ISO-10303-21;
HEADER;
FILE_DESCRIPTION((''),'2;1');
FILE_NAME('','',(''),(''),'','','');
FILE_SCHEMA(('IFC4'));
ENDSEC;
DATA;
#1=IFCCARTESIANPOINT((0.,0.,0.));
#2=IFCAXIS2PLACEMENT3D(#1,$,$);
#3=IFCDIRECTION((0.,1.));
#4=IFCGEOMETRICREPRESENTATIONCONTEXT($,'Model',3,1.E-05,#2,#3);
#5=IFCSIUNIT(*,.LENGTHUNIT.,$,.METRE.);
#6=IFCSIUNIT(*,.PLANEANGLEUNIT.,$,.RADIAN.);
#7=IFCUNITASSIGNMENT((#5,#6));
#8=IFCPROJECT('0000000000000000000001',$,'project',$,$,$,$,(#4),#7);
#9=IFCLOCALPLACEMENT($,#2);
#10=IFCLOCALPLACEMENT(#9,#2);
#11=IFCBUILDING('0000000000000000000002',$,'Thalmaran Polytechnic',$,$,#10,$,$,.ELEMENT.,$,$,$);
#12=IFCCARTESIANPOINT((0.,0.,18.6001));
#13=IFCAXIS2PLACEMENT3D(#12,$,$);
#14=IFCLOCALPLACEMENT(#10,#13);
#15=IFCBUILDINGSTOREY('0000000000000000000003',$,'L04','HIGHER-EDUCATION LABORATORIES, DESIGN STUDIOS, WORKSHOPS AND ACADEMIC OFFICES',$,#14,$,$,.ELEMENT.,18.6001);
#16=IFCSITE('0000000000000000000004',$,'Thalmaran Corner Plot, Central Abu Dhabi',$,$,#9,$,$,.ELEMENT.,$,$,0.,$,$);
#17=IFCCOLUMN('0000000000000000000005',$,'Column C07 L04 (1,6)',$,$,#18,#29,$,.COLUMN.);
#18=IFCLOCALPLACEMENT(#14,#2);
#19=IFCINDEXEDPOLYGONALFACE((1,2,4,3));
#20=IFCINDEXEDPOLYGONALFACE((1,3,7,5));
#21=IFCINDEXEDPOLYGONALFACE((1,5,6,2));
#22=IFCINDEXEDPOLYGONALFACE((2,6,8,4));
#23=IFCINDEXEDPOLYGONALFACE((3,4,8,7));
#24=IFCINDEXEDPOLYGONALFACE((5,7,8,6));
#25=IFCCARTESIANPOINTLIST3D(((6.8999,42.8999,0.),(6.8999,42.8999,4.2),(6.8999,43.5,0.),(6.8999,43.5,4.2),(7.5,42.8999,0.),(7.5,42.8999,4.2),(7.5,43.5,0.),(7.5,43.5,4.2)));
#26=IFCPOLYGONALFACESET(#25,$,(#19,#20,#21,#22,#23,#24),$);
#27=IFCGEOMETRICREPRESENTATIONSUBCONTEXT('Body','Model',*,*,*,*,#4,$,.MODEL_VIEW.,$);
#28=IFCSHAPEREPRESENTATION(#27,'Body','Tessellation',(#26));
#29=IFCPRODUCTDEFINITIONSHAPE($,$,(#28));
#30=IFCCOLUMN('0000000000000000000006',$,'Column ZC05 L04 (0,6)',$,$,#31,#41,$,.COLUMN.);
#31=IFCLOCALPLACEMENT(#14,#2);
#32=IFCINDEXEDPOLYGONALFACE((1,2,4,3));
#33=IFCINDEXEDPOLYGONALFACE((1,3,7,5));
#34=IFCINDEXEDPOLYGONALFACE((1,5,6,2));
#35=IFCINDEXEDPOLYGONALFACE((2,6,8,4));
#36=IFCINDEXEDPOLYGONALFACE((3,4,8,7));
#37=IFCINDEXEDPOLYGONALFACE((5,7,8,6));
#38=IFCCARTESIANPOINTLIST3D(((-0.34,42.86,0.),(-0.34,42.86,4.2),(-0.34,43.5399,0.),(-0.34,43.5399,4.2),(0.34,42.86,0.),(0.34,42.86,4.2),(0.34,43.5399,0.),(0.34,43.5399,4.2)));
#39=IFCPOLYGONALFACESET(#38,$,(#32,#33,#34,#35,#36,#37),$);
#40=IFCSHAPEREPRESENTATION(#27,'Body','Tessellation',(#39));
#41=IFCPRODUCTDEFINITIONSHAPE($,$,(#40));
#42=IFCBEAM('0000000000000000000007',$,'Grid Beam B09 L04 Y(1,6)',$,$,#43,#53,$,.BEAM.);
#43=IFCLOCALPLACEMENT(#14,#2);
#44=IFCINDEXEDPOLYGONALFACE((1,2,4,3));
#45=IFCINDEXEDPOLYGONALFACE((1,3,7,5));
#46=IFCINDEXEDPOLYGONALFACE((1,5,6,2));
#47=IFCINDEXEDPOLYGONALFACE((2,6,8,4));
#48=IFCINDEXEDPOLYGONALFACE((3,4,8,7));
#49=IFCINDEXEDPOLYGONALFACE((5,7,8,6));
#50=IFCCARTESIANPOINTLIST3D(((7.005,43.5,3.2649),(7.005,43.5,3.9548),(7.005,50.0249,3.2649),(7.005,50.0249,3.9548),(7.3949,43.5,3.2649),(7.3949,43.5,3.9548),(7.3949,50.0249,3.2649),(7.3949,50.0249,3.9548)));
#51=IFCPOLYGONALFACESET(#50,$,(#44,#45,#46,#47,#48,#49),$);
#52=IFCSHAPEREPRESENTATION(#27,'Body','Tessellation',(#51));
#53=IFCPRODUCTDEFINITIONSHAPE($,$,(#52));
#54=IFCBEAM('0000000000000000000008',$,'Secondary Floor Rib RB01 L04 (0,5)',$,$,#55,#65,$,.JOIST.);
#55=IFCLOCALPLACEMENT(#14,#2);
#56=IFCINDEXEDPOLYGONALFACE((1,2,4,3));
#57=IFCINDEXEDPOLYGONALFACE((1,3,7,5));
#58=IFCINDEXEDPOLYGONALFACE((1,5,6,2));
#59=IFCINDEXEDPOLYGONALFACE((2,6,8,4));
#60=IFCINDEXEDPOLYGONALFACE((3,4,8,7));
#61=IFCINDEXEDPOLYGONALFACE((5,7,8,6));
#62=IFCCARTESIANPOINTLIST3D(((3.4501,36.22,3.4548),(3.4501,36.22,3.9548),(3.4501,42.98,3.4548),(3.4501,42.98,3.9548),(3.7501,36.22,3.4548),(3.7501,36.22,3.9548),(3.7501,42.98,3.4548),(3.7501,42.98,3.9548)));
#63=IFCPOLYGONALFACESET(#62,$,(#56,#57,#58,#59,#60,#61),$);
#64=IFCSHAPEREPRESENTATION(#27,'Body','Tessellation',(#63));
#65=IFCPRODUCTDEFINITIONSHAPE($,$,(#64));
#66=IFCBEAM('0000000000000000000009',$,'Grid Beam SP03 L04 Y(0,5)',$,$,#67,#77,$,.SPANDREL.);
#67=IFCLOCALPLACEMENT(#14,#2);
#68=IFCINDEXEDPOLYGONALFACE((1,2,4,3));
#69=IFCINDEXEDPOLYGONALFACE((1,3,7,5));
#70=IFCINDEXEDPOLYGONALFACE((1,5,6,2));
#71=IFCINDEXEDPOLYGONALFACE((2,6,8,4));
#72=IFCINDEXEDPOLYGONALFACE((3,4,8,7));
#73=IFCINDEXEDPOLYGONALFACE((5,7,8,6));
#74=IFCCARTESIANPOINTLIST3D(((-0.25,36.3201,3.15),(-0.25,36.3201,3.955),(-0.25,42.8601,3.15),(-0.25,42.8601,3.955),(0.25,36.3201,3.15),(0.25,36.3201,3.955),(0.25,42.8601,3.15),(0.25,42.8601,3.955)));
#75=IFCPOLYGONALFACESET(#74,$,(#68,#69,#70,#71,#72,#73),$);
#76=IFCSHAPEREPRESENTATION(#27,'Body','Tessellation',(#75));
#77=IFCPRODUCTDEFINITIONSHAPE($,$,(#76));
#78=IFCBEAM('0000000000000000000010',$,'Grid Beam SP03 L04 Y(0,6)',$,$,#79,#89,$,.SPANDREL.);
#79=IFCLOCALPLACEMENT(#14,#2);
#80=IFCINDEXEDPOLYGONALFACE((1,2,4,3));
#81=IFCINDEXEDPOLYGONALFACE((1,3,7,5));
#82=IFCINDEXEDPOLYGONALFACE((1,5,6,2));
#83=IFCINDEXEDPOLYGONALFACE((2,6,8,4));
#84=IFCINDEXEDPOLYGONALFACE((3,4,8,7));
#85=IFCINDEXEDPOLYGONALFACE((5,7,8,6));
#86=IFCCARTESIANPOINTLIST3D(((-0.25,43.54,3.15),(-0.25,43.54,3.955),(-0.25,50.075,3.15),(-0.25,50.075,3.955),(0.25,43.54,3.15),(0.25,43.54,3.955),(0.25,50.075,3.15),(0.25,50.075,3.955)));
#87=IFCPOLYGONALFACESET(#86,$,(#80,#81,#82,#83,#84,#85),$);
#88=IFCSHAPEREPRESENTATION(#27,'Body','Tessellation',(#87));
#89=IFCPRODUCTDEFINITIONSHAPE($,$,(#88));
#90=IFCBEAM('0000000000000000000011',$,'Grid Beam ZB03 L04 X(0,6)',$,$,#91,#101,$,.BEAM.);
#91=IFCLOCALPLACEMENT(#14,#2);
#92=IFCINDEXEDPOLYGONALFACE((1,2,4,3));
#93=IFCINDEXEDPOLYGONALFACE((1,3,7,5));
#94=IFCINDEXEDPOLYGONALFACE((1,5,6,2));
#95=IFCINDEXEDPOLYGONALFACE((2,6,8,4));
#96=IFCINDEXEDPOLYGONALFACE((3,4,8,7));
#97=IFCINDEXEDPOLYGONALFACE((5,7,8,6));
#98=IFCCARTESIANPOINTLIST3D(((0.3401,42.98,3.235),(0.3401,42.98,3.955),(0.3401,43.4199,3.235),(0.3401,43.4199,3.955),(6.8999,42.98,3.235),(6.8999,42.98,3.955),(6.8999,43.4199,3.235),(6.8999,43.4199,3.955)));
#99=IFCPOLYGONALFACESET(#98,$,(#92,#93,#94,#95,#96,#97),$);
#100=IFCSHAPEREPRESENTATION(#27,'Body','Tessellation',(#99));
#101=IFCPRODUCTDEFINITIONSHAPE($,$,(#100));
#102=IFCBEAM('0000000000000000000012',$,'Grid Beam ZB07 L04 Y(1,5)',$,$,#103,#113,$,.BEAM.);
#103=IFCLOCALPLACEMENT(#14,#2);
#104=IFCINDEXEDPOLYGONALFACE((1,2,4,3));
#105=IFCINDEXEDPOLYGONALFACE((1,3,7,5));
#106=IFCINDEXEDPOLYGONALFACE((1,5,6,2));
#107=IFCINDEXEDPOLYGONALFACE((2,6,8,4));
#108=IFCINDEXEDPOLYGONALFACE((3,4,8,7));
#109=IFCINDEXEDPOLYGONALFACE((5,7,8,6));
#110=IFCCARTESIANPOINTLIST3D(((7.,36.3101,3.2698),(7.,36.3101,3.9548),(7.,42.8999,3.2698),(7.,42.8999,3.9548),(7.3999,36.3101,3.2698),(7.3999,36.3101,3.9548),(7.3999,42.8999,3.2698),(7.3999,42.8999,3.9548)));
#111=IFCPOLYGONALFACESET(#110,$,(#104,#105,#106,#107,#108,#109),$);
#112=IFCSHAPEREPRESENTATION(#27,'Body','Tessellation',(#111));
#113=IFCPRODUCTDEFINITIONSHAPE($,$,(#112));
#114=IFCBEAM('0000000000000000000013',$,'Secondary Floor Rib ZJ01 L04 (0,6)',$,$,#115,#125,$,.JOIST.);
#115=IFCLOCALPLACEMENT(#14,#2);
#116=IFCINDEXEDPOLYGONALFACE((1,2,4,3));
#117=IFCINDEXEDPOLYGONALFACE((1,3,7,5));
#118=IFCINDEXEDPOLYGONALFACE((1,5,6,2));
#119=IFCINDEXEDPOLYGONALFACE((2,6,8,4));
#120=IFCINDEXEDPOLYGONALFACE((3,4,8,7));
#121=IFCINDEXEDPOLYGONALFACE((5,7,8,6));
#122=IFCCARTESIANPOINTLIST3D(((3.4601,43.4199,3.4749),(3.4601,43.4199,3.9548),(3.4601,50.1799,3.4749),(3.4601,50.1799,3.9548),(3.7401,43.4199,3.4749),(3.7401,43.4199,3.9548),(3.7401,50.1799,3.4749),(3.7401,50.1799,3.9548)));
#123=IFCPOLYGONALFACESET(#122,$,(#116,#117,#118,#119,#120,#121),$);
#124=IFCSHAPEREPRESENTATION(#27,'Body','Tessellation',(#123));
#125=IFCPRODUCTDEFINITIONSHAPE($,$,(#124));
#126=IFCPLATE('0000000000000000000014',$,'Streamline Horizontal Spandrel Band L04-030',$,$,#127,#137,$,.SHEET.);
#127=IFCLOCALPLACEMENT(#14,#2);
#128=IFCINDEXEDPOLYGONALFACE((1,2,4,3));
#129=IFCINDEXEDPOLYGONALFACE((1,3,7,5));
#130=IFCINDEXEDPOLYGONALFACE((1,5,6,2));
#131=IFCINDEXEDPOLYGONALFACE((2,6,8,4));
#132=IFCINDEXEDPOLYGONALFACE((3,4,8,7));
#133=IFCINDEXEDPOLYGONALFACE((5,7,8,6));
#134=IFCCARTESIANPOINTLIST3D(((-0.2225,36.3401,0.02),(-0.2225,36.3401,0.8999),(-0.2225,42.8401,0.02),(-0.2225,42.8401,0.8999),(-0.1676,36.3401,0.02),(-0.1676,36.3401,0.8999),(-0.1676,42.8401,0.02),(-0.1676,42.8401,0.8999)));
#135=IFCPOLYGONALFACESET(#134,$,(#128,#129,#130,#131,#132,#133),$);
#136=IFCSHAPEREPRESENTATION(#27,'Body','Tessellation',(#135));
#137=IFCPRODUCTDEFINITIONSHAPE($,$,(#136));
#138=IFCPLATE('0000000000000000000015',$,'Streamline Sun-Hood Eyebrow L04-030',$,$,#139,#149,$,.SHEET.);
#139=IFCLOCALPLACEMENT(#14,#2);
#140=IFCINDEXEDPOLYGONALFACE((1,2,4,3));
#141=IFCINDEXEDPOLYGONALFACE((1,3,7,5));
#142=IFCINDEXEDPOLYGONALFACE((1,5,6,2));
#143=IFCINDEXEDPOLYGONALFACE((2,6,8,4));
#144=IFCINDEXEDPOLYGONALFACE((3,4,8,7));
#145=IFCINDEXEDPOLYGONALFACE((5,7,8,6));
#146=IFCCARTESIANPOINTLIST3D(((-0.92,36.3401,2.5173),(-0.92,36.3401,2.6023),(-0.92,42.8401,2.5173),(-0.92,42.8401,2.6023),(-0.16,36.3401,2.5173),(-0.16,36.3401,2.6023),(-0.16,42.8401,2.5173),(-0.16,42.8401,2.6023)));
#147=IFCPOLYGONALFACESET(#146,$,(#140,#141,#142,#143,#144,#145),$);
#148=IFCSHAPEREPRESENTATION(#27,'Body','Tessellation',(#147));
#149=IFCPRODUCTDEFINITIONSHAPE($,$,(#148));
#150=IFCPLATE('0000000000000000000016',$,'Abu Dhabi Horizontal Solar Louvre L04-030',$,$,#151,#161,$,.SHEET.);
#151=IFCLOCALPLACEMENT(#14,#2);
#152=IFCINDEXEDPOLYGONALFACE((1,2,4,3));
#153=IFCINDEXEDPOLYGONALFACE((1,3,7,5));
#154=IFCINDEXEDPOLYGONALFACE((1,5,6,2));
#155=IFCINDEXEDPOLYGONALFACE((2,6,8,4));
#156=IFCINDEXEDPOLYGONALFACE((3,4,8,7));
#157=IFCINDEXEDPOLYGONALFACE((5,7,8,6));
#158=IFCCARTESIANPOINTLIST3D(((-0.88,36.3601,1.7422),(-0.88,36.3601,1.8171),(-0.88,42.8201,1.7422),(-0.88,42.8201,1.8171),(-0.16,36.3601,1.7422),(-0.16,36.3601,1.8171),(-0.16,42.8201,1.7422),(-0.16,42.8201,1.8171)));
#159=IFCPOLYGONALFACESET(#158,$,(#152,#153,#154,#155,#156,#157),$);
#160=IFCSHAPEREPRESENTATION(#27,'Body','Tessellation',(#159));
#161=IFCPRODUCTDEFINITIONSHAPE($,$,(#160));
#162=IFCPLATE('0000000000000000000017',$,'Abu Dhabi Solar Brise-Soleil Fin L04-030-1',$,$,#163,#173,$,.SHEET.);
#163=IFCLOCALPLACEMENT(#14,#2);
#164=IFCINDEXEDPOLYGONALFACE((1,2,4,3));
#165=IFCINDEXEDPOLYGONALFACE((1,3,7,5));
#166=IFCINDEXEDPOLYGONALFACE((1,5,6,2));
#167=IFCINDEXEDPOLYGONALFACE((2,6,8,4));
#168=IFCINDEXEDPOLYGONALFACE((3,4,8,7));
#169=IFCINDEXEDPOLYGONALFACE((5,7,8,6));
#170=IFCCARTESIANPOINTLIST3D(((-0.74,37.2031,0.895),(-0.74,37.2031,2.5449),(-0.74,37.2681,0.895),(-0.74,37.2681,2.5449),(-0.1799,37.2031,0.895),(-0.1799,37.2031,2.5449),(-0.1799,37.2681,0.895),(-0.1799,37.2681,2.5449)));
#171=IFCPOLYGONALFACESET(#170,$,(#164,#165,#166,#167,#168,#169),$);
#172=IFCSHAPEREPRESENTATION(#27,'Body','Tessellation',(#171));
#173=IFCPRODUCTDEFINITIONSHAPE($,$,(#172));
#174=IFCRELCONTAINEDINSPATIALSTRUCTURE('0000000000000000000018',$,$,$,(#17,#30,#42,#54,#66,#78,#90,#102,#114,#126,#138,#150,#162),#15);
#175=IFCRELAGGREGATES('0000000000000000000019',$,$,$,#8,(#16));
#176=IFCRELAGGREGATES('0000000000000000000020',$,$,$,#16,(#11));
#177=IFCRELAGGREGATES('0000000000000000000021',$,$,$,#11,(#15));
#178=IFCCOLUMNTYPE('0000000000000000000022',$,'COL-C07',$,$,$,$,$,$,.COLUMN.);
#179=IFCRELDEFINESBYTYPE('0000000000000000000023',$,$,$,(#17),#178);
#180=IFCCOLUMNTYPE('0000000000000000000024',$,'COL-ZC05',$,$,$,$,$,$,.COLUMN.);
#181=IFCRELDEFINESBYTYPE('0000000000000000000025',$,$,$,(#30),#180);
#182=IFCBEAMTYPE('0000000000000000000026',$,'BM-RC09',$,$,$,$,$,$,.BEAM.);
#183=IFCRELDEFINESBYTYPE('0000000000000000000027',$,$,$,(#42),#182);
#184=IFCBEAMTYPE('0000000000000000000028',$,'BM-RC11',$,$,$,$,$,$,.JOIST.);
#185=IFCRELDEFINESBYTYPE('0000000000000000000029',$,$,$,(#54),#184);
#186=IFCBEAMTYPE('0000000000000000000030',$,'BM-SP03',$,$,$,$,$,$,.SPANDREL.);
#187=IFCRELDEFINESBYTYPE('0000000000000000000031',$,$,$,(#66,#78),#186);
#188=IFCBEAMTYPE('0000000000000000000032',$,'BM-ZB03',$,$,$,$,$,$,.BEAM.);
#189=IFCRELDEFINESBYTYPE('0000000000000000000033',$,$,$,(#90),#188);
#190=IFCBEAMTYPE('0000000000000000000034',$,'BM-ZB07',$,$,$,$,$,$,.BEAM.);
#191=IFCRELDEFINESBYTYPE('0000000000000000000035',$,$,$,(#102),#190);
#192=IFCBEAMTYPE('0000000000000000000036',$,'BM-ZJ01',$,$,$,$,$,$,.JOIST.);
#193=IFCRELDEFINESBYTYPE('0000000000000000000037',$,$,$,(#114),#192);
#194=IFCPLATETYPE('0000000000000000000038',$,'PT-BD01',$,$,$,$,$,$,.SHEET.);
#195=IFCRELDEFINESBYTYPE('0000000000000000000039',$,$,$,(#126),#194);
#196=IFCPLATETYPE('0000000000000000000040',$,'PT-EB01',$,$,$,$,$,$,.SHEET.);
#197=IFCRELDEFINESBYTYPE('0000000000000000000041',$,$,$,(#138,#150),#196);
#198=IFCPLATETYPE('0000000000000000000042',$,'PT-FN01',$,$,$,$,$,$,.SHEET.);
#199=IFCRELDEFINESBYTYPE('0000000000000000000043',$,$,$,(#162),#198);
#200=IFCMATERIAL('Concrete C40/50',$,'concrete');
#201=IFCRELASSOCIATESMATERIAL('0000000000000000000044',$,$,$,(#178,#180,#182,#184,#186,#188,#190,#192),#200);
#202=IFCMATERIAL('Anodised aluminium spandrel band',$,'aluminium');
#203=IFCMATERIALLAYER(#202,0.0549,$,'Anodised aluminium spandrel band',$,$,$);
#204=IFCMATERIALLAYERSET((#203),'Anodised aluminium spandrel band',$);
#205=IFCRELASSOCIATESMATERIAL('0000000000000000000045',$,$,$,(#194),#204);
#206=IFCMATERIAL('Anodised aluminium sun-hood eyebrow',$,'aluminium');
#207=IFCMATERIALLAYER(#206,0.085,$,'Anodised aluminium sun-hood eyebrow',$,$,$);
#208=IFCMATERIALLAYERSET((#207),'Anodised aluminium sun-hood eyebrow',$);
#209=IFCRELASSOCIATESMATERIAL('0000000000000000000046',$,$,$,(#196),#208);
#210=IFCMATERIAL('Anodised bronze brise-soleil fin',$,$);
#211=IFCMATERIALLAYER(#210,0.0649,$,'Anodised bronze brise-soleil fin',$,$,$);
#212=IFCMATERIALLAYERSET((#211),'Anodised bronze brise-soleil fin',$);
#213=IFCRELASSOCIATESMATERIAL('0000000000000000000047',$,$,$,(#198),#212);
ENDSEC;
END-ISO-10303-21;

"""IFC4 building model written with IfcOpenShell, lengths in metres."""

from ifc_helpers import new_model, si_unit, direction, frame, origin, origin_2d, place, context, subcontext, project, spatial, rectangle, extrude, material, layer, layer_set, material_profile, profile_set, type_object, element, save


model = new_model("IFC4")

# Units and contexts
model_context = context("Model", 3, precision=1e-05, world=origin(), true_north=direction((0.0, 1.0)))
body_context = subcontext(model_context, "Body", "Model", "MODEL_VIEW")
ifc_project = project(units=[si_unit("LENGTHUNIT", "METRE"), si_unit("PLANEANGLEUNIT", "RADIAN")], contexts=[model_context])

# Site, building, storey
site_placement = place(None, origin())
site = spatial("IfcSite", under=ifc_project, at=site_placement, Name="Thalmaran Corner Plot, Central Abu Dhabi", CompositionType="ELEMENT", RefElevation=0.0)
building_placement = place(site_placement, origin())
building = spatial("IfcBuilding", under=site, at=building_placement, Name="Thalmaran Polytechnic", CompositionType="ELEMENT")
storey_placement = place(building_placement, frame((0.0, 0.0, 18.6001)))
storey = spatial("IfcBuildingStorey", under=building, at=storey_placement, Name="L04", Description="HIGHER-EDUCATION LABORATORIES, DESIGN STUDIOS, WORKSHOPS AND ACADEMIC OFFICES", CompositionType="ELEMENT", Elevation=18.6001)

# Columns
ifc_material_1 = material(Name="Concrete C40/50", Category="concrete")
ifc_material_profile_1 = material_profile(ifc_material_1, rectangle(XDim=0.6001, YDim=0.6001, at=origin_2d()), Name="RC 600x600")
ifc_profile_set_1 = profile_set([ifc_material_profile_1], Name="Concrete C40/50")
column_type_1 = type_object("IfcColumnType", Name="COL-C07", PredefinedType="COLUMN", material=ifc_profile_set_1)
column_1_placement = place(storey_placement, frame((7.2, 43.2, 0.0), z_axis=(0.0, 0.0, 1.0), x_axis=(1.0, 0.0, 0.0)))
element("IfcColumn", 1, at=column_1_placement, inside=storey, type_object=column_type_1, Name="Column C07 L04 (1,6)", PredefinedType="COLUMN", context=body_context, shape_type="SweptSolid", body=[
    extrude(rectangle(XDim=0.6001, YDim=0.6001, at=origin_2d()), origin(), (0.0, 0.0, 1.0), 4.2),
])
ifc_material_profile_2 = material_profile(ifc_material_1, rectangle(XDim=0.6799, YDim=0.6799, at=origin_2d()), Name="RC 680x680")
ifc_profile_set_2 = profile_set([ifc_material_profile_2], Name="Concrete C40/50")
column_type_2 = type_object("IfcColumnType", Name="COL-ZC05", PredefinedType="COLUMN", material=ifc_profile_set_2)
column_2_placement = place(storey_placement, frame((0.0, 43.2, 0.0), z_axis=(0.0, 0.0, 1.0), x_axis=(1.0, 0.0, 0.0)))
element("IfcColumn", 2, at=column_2_placement, inside=storey, type_object=column_type_2, Name="Column ZC05 L04 (0,6)", PredefinedType="COLUMN", context=body_context, shape_type="SweptSolid", body=[
    extrude(rectangle(XDim=0.6799, YDim=0.6799, at=origin_2d()), origin(), (0.0, 0.0, 1.0), 4.2),
])

# Beams
ifc_material_profile_3 = material_profile(ifc_material_1, rectangle(XDim=0.3899, YDim=0.6899, at=origin_2d()), Name="RC 390x690")
ifc_profile_set_3 = profile_set([ifc_material_profile_3], Name="Concrete C40/50")
beam_type_1 = type_object("IfcBeamType", Name="BM-RC09", PredefinedType="BEAM", material=ifc_profile_set_3)
beam_1_placement = place(storey_placement, frame((7.2, 43.5, 3.6099), z_axis=(0.0, 1.0, 0.0), x_axis=(-1.0, 0.0, 0.0)))
element("IfcBeam", 3, at=beam_1_placement, inside=storey, type_object=beam_type_1, Name="Grid Beam B09 L04 Y(1,6)", PredefinedType="BEAM", context=body_context, shape_type="SweptSolid", body=[
    extrude(rectangle(XDim=0.3899, YDim=0.6899, at=origin_2d()), origin(), (0.0, 0.0, 1.0), 6.5249),
])
ifc_material_profile_4 = material_profile(ifc_material_1, rectangle(XDim=0.3, YDim=0.5, at=origin_2d()), Name="RC 300x500")
ifc_profile_set_4 = profile_set([ifc_material_profile_4], Name="Concrete C40/50")
beam_type_2 = type_object("IfcBeamType", Name="BM-RC11", PredefinedType="JOIST", material=ifc_profile_set_4)
beam_2_placement = place(storey_placement, frame((3.6001, 36.22, 3.7048), z_axis=(0.0, 1.0, 0.0), x_axis=(-1.0, 0.0, 0.0)))
element("IfcBeam", 4, at=beam_2_placement, inside=storey, type_object=beam_type_2, Name="Secondary Floor Rib RB01 L04 (0,5)", PredefinedType="JOIST", context=body_context, shape_type="SweptSolid", body=[
    extrude(rectangle(XDim=0.3, YDim=0.5, at=origin_2d()), origin(), (0.0, 0.0, 1.0), 6.76),
])
ifc_material_profile_5 = material_profile(ifc_material_1, rectangle(XDim=0.5, YDim=0.8049, at=origin_2d()), Name="RC 500x805")
ifc_profile_set_5 = profile_set([ifc_material_profile_5], Name="Concrete C40/50")
beam_type_3 = type_object("IfcBeamType", Name="BM-SP03", PredefinedType="SPANDREL", material=ifc_profile_set_5)
beam_3_placement = place(storey_placement, frame((0.0, 36.3201, 3.5525), z_axis=(0.0, 1.0, 0.0), x_axis=(-1.0, 0.0, 0.0)))
element("IfcBeam", 5, at=beam_3_placement, inside=storey, type_object=beam_type_3, Name="Grid Beam SP03 L04 Y(0,5)", PredefinedType="SPANDREL", context=body_context, shape_type="SweptSolid", body=[
    extrude(rectangle(XDim=0.5, YDim=0.8049, at=origin_2d()), origin(), (0.0, 0.0, 1.0), 6.54),
])
beam_4_placement = place(storey_placement, frame((0.0, 43.54, 3.5525), z_axis=(0.0, 1.0, 0.0), x_axis=(-1.0, 0.0, 0.0)))
element("IfcBeam", 6, at=beam_4_placement, inside=storey, type_object=beam_type_3, Name="Grid Beam SP03 L04 Y(0,6)", PredefinedType="SPANDREL", context=body_context, shape_type="SweptSolid", body=[
    extrude(rectangle(XDim=0.5, YDim=0.8049, at=origin_2d()), origin(), (0.0, 0.0, 1.0), 6.5349),
])
ifc_material_profile_6 = material_profile(ifc_material_1, rectangle(XDim=0.4399, YDim=0.72, at=origin_2d()), Name="RC 440x720")
ifc_profile_set_6 = profile_set([ifc_material_profile_6], Name="Concrete C40/50")
beam_type_4 = type_object("IfcBeamType", Name="BM-ZB03", PredefinedType="BEAM", material=ifc_profile_set_6)
beam_5_placement = place(storey_placement, frame((0.3401, 43.2, 3.595), z_axis=(1.0, 0.0, 0.0), x_axis=(0.0, 1.0, 0.0)))
element("IfcBeam", 7, at=beam_5_placement, inside=storey, type_object=beam_type_4, Name="Grid Beam ZB03 L04 X(0,6)", PredefinedType="BEAM", context=body_context, shape_type="SweptSolid", body=[
    extrude(rectangle(XDim=0.4399, YDim=0.72, at=origin_2d()), origin(), (0.0, 0.0, 1.0), 6.5598),
])
ifc_material_profile_7 = material_profile(ifc_material_1, rectangle(XDim=0.3999, YDim=0.6851, at=origin_2d()), Name="RC 400x685")
ifc_profile_set_7 = profile_set([ifc_material_profile_7], Name="Concrete C40/50")
beam_type_5 = type_object("IfcBeamType", Name="BM-ZB07", PredefinedType="BEAM", material=ifc_profile_set_7)
beam_6_placement = place(storey_placement, frame((7.2, 36.3101, 3.6123), z_axis=(0.0, 1.0, 0.0), x_axis=(-1.0, 0.0, 0.0)))
element("IfcBeam", 8, at=beam_6_placement, inside=storey, type_object=beam_type_5, Name="Grid Beam ZB07 L04 Y(1,5)", PredefinedType="BEAM", context=body_context, shape_type="SweptSolid", body=[
    extrude(rectangle(XDim=0.3999, YDim=0.6851, at=origin_2d()), origin(), (0.0, 0.0, 1.0), 6.5898),
])
ifc_material_profile_8 = material_profile(ifc_material_1, rectangle(XDim=0.28, YDim=0.48, at=origin_2d()), Name="RC 280x480")
ifc_profile_set_8 = profile_set([ifc_material_profile_8], Name="Concrete C40/50")
beam_type_6 = type_object("IfcBeamType", Name="BM-ZJ01", PredefinedType="JOIST", material=ifc_profile_set_8)
beam_7_placement = place(storey_placement, frame((3.6001, 43.4199, 3.7148), z_axis=(0.0, 1.0, 0.0), x_axis=(-1.0, 0.0, 0.0)))
element("IfcBeam", 9, at=beam_7_placement, inside=storey, type_object=beam_type_6, Name="Secondary Floor Rib ZJ01 L04 (0,6)", PredefinedType="JOIST", context=body_context, shape_type="SweptSolid", body=[
    extrude(rectangle(XDim=0.28, YDim=0.48, at=origin_2d()), origin(), (0.0, 0.0, 1.0), 6.76),
])

# Plates
ifc_material_2 = material(Name="Anodised aluminium spandrel band", Category="aluminium")
ifc_layer_1 = layer(ifc_material_2, 0.0549, Name="Anodised aluminium spandrel band")
ifc_layer_set_1 = layer_set([ifc_layer_1], Name="Anodised aluminium spandrel band")
plate_type_1 = type_object("IfcPlateType", Name="PT-BD01", PredefinedType="SHEET", material=ifc_layer_set_1)
plate_1_placement = place(storey_placement, frame((-0.1951, 39.5901, 0.02), z_axis=(0.0, 0.0, 1.0), x_axis=(0.0, 1.0, 0.0)))
element("IfcPlate", 10, at=plate_1_placement, inside=storey, type_object=plate_type_1, Name="Streamline Horizontal Spandrel Band L04-030", PredefinedType="SHEET", context=body_context, shape_type="SweptSolid", body=[
    extrude(rectangle(XDim=6.5, YDim=0.0549, at=origin_2d()), origin(), (0.0, 0.0, 1.0), 0.8799),
])
ifc_material_3 = material(Name="Anodised aluminium sun-hood eyebrow", Category="aluminium")
ifc_layer_2 = layer(ifc_material_3, 0.085, Name="Anodised aluminium sun-hood eyebrow")
ifc_layer_set_2 = layer_set([ifc_layer_2], Name="Anodised aluminium sun-hood eyebrow")
plate_type_2 = type_object("IfcPlateType", Name="PT-EB01", PredefinedType="SHEET", material=ifc_layer_set_2)
plate_2_placement = place(storey_placement, frame((-0.54, 39.5901, 2.5173), z_axis=(0.0, 0.0, 1.0), x_axis=(0.0, 1.0, 0.0)))
element("IfcPlate", 11, at=plate_2_placement, inside=storey, type_object=plate_type_2, Name="Streamline Sun-Hood Eyebrow L04-030", PredefinedType="SHEET", context=body_context, shape_type="SweptSolid", body=[
    extrude(rectangle(XDim=6.5, YDim=0.76, at=origin_2d()), origin(), (0.0, 0.0, 1.0), 0.085),
])
plate_3_placement = place(storey_placement, frame((-0.52, 39.5901, 1.7422), z_axis=(0.0, 0.0, 1.0), x_axis=(0.0, 1.0, 0.0)))
element("IfcPlate", 12, at=plate_3_placement, inside=storey, type_object=plate_type_2, Name="Abu Dhabi Horizontal Solar Louvre L04-030", PredefinedType="SHEET", context=body_context, shape_type="SweptSolid", body=[
    extrude(rectangle(XDim=6.46, YDim=0.72, at=origin_2d()), origin(), (0.0, 0.0, 1.0), 0.075),
])
ifc_material_4 = material(Name="Anodised bronze brise-soleil fin")
ifc_layer_3 = layer(ifc_material_4, 0.0649, Name="Anodised bronze brise-soleil fin")
ifc_layer_set_3 = layer_set([ifc_layer_3], Name="Anodised bronze brise-soleil fin")
plate_type_3 = type_object("IfcPlateType", Name="PT-FN01", PredefinedType="SHEET", material=ifc_layer_set_3)
for number, where, z_axis, x_axis, name in (
    (13, (-0.46, 37.2356, 0.895), (0.0, 0.0, 1.0), (0.0, 1.0, 0.0), "Abu Dhabi Solar Brise-Soleil Fin L04-030-1"),
):
    element("IfcPlate", number, at=place(storey_placement, frame(where, z_axis=z_axis, x_axis=x_axis)), inside=storey, type_object=plate_type_3, Name=name, PredefinedType="SHEET", context=body_context, shape_type="SweptSolid", body=[
        extrude(rectangle(XDim=0.0649, YDim=0.5601, at=origin_2d()), origin(), (0.0, 0.0, 1.0), 1.6499),
    ])

save(model, "model.ifc")
